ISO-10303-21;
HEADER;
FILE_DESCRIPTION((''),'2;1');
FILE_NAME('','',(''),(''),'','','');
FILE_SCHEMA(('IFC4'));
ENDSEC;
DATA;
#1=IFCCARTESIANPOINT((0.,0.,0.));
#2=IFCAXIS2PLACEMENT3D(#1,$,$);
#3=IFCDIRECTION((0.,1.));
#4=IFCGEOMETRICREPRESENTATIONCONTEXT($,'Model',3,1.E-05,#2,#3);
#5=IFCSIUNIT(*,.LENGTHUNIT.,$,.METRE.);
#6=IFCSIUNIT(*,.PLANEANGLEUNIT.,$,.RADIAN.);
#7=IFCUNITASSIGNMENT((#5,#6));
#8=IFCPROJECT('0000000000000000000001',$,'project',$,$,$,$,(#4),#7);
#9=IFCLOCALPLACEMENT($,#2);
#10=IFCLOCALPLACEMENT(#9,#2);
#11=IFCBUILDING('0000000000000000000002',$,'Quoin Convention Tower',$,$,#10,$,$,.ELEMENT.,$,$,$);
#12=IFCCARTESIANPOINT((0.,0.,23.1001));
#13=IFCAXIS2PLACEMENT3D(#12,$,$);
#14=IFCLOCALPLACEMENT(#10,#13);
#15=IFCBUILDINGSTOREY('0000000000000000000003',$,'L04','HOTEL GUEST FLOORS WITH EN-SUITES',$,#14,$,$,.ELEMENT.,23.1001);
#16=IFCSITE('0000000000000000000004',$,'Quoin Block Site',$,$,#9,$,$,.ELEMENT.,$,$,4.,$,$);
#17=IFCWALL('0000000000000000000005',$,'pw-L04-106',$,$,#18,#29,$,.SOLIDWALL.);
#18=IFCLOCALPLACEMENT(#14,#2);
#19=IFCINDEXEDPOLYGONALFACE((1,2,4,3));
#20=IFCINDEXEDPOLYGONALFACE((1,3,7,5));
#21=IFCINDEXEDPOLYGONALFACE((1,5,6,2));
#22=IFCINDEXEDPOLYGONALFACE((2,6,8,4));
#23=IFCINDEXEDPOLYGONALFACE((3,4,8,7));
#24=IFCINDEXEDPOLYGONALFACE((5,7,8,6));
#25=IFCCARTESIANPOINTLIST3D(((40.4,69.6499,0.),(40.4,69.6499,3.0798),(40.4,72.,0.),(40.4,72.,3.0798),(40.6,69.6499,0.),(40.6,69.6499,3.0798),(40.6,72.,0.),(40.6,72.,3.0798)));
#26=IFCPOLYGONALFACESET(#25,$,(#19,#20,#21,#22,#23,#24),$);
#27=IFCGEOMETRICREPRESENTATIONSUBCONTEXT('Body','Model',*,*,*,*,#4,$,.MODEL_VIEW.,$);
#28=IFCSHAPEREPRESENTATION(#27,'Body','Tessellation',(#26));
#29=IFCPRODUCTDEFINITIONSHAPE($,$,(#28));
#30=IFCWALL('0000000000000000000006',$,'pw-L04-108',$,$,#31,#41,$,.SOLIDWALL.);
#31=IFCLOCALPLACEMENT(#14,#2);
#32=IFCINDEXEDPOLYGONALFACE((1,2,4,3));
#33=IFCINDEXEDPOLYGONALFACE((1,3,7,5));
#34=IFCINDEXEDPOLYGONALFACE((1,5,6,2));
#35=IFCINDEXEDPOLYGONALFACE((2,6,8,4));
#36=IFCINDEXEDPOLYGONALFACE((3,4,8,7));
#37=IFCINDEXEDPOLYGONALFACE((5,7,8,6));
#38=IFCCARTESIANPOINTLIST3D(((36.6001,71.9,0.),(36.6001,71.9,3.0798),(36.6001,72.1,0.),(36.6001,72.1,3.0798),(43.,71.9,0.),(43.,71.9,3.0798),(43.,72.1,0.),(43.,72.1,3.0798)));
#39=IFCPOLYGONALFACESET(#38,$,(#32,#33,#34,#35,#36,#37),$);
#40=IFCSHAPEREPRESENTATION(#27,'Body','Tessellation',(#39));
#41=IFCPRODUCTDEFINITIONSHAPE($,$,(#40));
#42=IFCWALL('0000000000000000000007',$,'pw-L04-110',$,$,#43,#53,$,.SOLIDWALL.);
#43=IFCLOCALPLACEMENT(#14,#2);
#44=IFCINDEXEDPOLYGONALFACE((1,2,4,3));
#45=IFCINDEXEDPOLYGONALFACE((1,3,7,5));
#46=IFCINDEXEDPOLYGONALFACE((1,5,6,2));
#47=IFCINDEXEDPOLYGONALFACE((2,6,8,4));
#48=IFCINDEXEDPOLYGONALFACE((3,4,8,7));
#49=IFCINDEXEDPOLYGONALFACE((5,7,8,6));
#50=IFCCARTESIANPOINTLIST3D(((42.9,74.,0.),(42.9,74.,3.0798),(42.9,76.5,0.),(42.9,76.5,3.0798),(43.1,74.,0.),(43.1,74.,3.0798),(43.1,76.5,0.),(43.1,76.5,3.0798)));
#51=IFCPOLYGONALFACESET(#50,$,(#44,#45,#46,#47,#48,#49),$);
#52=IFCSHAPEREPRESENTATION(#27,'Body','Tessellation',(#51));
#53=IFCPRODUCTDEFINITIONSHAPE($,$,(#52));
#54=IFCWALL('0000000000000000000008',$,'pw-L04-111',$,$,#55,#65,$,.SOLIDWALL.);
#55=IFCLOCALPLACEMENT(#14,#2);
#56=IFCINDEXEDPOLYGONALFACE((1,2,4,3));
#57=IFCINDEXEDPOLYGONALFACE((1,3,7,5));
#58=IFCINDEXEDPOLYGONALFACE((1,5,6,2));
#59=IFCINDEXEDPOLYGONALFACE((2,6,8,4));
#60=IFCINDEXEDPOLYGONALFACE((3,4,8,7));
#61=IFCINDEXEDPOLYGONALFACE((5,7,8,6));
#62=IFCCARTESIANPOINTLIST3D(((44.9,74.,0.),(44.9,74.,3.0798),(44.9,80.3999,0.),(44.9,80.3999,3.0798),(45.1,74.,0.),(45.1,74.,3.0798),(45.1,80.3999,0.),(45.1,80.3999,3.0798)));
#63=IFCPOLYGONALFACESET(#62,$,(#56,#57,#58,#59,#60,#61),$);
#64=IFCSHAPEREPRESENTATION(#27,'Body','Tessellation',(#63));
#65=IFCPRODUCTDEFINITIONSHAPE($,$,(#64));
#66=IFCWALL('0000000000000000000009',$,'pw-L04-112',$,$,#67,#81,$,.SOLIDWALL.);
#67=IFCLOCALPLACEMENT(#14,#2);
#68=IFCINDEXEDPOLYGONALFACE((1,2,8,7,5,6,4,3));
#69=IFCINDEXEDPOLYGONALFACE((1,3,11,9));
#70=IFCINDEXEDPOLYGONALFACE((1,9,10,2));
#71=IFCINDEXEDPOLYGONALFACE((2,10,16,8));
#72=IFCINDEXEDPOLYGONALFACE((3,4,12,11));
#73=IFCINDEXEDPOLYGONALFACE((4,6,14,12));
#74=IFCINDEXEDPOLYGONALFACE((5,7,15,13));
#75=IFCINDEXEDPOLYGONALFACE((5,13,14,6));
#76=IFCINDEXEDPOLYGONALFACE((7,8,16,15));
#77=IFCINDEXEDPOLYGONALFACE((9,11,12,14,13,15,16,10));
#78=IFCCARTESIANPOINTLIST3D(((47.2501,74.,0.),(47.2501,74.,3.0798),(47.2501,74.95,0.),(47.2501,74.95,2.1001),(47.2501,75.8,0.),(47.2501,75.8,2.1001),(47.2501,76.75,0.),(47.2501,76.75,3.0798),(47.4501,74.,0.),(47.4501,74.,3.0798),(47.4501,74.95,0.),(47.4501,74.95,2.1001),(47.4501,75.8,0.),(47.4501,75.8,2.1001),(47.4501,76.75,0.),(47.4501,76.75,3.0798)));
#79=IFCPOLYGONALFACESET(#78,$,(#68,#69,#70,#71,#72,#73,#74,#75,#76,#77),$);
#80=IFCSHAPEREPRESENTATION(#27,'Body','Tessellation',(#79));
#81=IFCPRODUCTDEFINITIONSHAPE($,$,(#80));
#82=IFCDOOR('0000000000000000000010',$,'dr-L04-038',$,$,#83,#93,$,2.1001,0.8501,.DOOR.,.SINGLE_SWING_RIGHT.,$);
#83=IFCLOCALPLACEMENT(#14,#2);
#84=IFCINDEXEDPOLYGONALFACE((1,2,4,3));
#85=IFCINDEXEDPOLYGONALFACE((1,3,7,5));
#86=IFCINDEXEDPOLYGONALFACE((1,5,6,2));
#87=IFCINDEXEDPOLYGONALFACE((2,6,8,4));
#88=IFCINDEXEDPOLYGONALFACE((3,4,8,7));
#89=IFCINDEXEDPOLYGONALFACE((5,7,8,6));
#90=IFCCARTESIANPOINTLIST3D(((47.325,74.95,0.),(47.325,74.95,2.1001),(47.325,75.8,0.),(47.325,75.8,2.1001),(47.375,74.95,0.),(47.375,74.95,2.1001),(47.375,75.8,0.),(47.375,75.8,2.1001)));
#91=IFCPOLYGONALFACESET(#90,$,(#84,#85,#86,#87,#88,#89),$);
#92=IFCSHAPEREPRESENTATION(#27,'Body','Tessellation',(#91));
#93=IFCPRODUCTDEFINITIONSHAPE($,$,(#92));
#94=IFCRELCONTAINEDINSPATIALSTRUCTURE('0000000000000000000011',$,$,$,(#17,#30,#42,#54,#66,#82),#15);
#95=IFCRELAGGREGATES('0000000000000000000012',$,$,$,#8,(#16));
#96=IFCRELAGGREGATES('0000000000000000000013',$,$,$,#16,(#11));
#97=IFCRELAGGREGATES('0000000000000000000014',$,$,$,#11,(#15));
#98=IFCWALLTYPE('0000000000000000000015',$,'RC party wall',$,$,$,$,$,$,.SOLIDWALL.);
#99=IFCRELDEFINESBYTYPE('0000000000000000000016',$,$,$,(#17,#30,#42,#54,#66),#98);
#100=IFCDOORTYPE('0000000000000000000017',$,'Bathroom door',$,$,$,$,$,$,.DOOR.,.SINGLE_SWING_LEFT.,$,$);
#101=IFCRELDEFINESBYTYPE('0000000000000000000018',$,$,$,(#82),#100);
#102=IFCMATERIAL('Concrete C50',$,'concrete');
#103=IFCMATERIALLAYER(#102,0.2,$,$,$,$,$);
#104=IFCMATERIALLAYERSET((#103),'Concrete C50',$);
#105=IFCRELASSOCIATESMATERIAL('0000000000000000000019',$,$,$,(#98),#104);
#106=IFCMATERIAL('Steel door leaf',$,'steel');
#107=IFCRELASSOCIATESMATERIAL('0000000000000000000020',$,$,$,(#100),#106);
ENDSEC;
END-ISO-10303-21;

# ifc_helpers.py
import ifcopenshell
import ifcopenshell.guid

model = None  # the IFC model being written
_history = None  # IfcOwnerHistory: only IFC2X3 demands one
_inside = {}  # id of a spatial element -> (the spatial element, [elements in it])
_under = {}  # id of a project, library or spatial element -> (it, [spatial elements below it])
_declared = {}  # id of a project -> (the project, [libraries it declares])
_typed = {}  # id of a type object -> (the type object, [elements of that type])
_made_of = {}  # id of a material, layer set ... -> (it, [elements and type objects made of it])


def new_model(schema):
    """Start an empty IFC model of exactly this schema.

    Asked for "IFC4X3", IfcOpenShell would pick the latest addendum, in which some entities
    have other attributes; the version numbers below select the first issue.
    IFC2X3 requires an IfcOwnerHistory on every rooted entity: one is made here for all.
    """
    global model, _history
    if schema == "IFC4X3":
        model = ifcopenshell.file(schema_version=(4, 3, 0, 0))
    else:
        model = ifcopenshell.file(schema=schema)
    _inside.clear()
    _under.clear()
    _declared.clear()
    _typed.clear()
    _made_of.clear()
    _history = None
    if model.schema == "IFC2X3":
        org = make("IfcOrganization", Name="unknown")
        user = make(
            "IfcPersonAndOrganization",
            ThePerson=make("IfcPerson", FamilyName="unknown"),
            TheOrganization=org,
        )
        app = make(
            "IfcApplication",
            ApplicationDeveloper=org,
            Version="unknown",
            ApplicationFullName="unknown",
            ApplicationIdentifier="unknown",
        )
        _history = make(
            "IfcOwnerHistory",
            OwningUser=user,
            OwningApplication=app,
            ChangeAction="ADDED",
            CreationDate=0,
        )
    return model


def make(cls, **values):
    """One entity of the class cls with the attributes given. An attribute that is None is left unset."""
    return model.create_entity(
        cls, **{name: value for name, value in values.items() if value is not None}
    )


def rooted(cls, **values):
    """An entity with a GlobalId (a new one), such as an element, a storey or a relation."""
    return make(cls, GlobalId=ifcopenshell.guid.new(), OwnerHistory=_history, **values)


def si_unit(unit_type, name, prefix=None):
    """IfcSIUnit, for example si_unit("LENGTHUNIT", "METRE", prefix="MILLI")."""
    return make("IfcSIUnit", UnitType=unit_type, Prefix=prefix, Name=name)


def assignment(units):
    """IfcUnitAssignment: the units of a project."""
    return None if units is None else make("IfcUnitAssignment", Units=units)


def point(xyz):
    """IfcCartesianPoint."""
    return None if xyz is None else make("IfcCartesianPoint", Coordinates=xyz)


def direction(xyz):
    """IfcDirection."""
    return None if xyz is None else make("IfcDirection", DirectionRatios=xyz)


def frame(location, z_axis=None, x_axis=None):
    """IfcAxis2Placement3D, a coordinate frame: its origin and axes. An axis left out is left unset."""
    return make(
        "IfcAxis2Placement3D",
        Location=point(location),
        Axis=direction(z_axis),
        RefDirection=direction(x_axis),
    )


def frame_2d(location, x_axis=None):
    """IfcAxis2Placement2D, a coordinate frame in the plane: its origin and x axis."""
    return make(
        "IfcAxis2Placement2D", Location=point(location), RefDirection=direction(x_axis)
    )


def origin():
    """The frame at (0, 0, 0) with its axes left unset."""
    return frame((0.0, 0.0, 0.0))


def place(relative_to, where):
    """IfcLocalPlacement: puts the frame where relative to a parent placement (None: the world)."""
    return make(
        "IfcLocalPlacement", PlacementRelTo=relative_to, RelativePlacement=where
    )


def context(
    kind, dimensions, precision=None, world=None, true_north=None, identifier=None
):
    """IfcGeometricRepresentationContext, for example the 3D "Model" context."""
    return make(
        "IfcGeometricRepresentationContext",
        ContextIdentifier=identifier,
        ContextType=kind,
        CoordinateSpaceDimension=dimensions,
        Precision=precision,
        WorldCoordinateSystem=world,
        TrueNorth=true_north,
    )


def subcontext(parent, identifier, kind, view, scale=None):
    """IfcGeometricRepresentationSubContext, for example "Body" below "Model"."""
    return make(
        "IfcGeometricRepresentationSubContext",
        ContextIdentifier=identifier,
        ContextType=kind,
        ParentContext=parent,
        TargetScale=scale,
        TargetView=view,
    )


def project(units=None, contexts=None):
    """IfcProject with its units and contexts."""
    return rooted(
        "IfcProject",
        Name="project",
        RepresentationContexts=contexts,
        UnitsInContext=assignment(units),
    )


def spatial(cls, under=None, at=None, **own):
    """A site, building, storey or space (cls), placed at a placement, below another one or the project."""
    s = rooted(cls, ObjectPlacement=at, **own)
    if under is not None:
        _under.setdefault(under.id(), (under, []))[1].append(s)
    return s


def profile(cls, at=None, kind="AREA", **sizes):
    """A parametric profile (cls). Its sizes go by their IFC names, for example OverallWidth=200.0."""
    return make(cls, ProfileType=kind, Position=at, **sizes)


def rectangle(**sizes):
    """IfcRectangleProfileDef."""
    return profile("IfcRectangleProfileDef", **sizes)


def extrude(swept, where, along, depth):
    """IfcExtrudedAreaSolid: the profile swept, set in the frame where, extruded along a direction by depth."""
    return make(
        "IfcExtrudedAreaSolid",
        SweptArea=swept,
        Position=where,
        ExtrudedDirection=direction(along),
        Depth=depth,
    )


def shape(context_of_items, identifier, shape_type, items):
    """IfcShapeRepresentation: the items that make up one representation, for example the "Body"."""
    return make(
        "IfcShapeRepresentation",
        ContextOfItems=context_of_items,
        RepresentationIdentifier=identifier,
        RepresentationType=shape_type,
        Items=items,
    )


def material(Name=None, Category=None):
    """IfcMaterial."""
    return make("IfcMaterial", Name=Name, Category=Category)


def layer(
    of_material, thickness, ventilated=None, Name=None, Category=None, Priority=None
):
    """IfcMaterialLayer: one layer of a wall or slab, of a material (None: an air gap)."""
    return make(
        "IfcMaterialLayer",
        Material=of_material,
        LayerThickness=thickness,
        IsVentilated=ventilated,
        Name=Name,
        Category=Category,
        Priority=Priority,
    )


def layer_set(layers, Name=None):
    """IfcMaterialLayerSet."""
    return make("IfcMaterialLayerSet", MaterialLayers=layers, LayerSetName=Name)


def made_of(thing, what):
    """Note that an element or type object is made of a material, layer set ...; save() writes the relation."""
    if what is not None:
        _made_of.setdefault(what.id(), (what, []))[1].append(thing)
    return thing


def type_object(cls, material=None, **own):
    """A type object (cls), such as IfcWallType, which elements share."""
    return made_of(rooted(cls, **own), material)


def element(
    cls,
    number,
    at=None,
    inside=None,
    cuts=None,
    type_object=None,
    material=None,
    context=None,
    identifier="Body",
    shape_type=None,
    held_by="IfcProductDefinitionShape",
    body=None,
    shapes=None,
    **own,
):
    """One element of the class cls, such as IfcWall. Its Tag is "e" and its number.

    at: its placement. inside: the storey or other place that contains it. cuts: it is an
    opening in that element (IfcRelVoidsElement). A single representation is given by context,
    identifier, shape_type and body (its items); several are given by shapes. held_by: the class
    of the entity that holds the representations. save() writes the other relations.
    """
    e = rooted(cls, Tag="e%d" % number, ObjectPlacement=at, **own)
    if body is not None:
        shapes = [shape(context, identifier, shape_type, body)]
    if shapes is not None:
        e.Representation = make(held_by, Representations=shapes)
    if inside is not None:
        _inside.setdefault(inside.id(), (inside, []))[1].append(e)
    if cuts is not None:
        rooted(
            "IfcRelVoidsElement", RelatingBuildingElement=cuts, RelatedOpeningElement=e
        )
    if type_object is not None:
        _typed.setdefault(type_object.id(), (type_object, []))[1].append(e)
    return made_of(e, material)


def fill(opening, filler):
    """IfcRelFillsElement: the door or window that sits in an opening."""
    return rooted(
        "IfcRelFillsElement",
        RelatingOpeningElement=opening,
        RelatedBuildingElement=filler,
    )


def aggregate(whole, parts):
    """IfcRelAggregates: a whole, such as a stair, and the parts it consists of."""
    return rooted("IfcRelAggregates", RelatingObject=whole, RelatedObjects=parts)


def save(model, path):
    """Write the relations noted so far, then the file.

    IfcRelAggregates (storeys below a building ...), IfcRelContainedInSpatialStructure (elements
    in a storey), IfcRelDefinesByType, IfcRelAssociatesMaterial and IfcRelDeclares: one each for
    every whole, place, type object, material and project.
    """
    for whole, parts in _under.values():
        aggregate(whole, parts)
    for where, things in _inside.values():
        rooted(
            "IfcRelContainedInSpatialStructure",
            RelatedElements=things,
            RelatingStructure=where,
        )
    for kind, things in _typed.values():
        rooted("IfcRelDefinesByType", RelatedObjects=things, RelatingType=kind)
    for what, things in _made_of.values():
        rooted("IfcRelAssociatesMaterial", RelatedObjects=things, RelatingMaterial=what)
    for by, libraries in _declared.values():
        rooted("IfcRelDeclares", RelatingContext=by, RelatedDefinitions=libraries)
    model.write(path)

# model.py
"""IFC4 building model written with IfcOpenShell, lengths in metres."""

from ifc_helpers import new_model, si_unit, direction, frame, frame_2d, origin, place, context, subcontext, project, spatial, rectangle, extrude, material, layer, layer_set, type_object, element, fill, save


model = new_model("IFC4")

# Units and contexts
model_context = context("Model", 3, precision=1e-05, world=origin(), true_north=direction((0.0, 1.0)))
body_context = subcontext(model_context, "Body", "Model", "MODEL_VIEW")
ifc_project = project(units=[si_unit("LENGTHUNIT", "METRE"), si_unit("PLANEANGLEUNIT", "RADIAN")], contexts=[model_context])

# Site, building, storey
site_placement = place(None, origin())
site = spatial("IfcSite", under=ifc_project, at=site_placement, Name="Quoin Block Site", CompositionType="ELEMENT", RefElevation=4.0)
building_placement = place(site_placement, origin())
building = spatial("IfcBuilding", under=site, at=building_placement, Name="Quoin Convention Tower", CompositionType="ELEMENT")
storey_placement = place(building_placement, frame((0.0, 0.0, 23.1001)))
storey = spatial("IfcBuildingStorey", under=building, at=storey_placement, Name="L04", Description="HOTEL GUEST FLOORS WITH EN-SUITES", CompositionType="ELEMENT", Elevation=23.1001)

# Shared definitions
ifc_material_1 = material(Name="Steel door leaf", Category="steel")

# Shared definitions
ifc_material_2 = material(Name="Concrete C50", Category="concrete")
ifc_layer_1 = layer(ifc_material_2, 0.2)
ifc_layer_set_1 = layer_set([ifc_layer_1], Name="Concrete C50")
wall_type_1 = type_object("IfcWallType", Name="RC party wall", PredefinedType="SOLIDWALL", material=ifc_layer_set_1)

# Shared definitions
door_type_1 = type_object("IfcDoorType", Name="Bathroom door", OperationType="SINGLE_SWING_LEFT", PredefinedType="DOOR", material=ifc_material_1)

# Walls
wall_1_placement = place(storey_placement, frame((40.5, 69.6499, 0.0), z_axis=(0.0, 0.0, 1.0), x_axis=(0.0, 1.0, 0.0)))
element("IfcWall", 1, at=wall_1_placement, inside=storey, type_object=wall_type_1, Name="pw-L04-106", PredefinedType="SOLIDWALL", context=body_context, shape_type="SweptSolid", body=[
    extrude(rectangle(XDim=2.3501, YDim=0.2, at=frame_2d((1.175, 0.0))), origin(), (0.0, 0.0, 1.0), 3.0798),
])
wall_2_placement = place(storey_placement, frame((36.6001, 72.0, 0.0), z_axis=(0.0, 0.0, 1.0), x_axis=(1.0, 0.0, 0.0)))
element("IfcWall", 2, at=wall_2_placement, inside=storey, type_object=wall_type_1, Name="pw-L04-108", PredefinedType="SOLIDWALL", context=body_context, shape_type="SweptSolid", body=[
    extrude(rectangle(XDim=6.3999, YDim=0.2, at=frame_2d((3.2, 0.0))), origin(), (0.0, 0.0, 1.0), 3.0798),
])
wall_3_placement = place(storey_placement, frame((43.0, 74.0, 0.0), z_axis=(0.0, 0.0, 1.0), x_axis=(0.0, 1.0, 0.0)))
element("IfcWall", 3, at=wall_3_placement, inside=storey, type_object=wall_type_1, Name="pw-L04-110", PredefinedType="SOLIDWALL", context=body_context, shape_type="SweptSolid", body=[
    extrude(rectangle(XDim=2.5, YDim=0.2, at=frame_2d((1.25, 0.0))), origin(), (0.0, 0.0, 1.0), 3.0798),
])
wall_4_placement = place(storey_placement, frame((45.0, 74.0, 0.0), z_axis=(0.0, 0.0, 1.0), x_axis=(0.0, 1.0, 0.0)))
element("IfcWall", 4, at=wall_4_placement, inside=storey, type_object=wall_type_1, Name="pw-L04-111", PredefinedType="SOLIDWALL", context=body_context, shape_type="SweptSolid", body=[
    extrude(rectangle(XDim=6.3999, YDim=0.2, at=frame_2d((3.2, 0.0))), origin(), (0.0, 0.0, 1.0), 3.0798),
])

# Wall, opening, door
wall_5_placement = place(storey_placement, frame((47.3501, 74.0, 0.0), z_axis=(0.0, 0.0, 1.0), x_axis=(0.0, 1.0, 0.0)))
wall_5 = element("IfcWall", 5, at=wall_5_placement, inside=storey, type_object=wall_type_1, Name="pw-L04-112", PredefinedType="SOLIDWALL", context=body_context, shape_type="SweptSolid", body=[
    extrude(rectangle(XDim=2.75, YDim=0.2, at=frame_2d((1.375, 0.0))), origin(), (0.0, 0.0, 1.0), 3.0798),
])
opening_1_placement = place(wall_5_placement, frame((0.95, 0.0, 0.0)))
opening_1 = element("IfcOpeningElement", 6, at=opening_1_placement, cuts=wall_5, PredefinedType="OPENING", context=body_context, shape_type="SweptSolid", body=[
    extrude(rectangle(XDim=0.8501, YDim=2.1001, at=frame_2d((0.425, 1.05))), frame((0.0, 0.1099, 0.0), z_axis=(0.0, -1.0, 0.0), x_axis=(1.0, 0.0, 0.0)), (0.0, 0.0, 1.0), 0.22),
])
door_1_placement = place(opening_1_placement, frame((0.8501, 0.0, 0.0), z_axis=(0.0, 0.0, 1.0), x_axis=(-1.0, 0.0, 0.0)))
door_1 = element("IfcDoor", 7, at=door_1_placement, inside=storey, type_object=door_type_1, Name="dr-L04-038", OperationType="SINGLE_SWING_RIGHT", OverallHeight=2.1001, OverallWidth=0.8501, PredefinedType="DOOR", context=body_context, shape_type="SweptSolid", body=[
    extrude(rectangle(XDim=0.8501, YDim=2.1001, at=frame_2d((0.425, 1.05))), frame((0.0, 0.0249, 0.0), z_axis=(0.0, -1.0, 0.0), x_axis=(1.0, 0.0, 0.0)), (0.0, 0.0, 1.0), 0.05),
])
fill(opening_1, door_1)

save(model, "model.ifc")
